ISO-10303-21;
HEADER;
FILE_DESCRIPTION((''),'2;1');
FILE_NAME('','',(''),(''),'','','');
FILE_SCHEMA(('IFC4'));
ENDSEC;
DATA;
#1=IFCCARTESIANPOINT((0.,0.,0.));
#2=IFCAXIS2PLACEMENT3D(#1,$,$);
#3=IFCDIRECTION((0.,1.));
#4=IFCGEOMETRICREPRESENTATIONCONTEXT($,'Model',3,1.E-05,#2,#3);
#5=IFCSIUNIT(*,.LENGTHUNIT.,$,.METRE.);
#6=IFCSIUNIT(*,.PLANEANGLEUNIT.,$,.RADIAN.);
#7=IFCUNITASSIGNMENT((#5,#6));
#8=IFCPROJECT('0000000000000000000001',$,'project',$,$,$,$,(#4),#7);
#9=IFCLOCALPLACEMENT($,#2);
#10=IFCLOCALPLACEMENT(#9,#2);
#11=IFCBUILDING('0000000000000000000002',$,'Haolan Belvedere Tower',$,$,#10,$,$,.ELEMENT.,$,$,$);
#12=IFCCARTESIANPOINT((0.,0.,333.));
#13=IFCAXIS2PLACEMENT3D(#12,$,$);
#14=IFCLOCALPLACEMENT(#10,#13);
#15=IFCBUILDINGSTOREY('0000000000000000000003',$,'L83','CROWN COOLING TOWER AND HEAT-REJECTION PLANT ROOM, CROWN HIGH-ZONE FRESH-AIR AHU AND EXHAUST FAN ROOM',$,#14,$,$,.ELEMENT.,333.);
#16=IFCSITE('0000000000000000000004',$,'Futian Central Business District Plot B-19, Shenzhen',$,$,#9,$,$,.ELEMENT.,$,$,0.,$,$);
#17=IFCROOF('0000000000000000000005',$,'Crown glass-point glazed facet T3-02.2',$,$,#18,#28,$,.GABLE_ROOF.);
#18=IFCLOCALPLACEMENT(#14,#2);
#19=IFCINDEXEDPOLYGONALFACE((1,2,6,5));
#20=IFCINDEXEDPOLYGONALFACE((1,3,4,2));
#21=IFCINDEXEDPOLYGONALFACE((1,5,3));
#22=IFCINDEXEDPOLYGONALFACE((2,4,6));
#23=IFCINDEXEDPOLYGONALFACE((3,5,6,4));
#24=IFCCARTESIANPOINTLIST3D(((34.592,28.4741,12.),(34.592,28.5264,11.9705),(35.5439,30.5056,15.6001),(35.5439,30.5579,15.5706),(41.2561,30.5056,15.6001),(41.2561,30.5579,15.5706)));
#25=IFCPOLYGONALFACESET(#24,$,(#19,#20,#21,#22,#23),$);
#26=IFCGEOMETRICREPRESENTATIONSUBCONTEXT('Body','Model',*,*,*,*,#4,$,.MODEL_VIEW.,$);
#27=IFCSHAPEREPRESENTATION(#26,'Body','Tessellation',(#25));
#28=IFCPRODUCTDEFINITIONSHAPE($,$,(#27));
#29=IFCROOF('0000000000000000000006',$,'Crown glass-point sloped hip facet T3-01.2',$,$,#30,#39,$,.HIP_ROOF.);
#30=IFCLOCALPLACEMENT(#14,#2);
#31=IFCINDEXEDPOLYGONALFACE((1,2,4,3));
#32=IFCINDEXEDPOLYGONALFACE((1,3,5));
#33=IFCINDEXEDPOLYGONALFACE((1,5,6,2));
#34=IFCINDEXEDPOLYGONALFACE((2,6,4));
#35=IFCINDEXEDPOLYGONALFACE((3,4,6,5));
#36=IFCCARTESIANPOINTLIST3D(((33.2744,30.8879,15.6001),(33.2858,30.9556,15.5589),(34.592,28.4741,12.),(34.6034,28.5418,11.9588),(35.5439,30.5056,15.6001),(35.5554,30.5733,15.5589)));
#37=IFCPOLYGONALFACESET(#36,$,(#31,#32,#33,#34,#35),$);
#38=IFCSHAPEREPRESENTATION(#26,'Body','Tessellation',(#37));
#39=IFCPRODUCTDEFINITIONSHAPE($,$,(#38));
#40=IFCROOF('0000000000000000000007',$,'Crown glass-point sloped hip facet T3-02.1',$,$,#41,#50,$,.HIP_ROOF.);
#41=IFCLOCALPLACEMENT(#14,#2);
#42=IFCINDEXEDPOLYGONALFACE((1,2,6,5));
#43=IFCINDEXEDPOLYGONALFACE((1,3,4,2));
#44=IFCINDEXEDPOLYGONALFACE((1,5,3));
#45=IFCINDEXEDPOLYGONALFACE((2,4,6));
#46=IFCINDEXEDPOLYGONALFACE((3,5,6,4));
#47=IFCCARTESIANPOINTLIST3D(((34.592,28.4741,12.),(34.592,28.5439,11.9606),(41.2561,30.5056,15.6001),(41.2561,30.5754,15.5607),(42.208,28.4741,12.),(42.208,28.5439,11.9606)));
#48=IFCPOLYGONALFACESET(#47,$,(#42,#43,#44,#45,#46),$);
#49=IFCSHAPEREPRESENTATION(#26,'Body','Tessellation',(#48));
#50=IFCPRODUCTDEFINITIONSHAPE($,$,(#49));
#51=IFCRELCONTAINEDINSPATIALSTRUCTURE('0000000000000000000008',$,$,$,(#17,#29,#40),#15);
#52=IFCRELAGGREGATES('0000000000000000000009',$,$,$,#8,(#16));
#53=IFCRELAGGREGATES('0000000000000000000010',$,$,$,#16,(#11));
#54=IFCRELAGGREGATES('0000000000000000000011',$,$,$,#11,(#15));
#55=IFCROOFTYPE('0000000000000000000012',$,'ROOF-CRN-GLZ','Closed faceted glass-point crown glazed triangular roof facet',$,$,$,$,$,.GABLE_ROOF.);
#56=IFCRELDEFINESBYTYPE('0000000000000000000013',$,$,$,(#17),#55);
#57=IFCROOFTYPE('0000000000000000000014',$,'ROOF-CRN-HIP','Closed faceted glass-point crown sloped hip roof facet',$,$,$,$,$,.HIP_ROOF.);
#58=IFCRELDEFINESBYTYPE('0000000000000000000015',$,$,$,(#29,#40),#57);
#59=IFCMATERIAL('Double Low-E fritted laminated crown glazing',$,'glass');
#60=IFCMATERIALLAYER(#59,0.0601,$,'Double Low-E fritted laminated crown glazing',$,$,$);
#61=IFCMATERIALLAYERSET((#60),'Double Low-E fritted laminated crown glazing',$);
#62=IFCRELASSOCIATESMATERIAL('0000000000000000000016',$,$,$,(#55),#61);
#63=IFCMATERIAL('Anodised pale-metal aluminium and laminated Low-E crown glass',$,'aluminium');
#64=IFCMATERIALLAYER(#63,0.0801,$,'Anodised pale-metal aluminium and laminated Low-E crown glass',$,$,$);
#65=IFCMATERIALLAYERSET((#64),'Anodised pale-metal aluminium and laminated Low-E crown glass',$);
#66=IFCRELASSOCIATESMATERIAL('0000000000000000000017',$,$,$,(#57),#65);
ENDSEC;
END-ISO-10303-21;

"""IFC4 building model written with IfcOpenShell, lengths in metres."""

from ifc_helpers import new_model, si_unit, direction, frame, origin, place, context, subcontext, project, spatial, polyline, outline, extrude, material, layer, layer_set, type_object, element, save


model = new_model("IFC4")

# Units and contexts
model_context = context("Model", 3, precision=1e-05, world=origin(), true_north=direction((0.0, 1.0)))
body_context = subcontext(model_context, "Body", "Model", "MODEL_VIEW")
ifc_project = project(units=[si_unit("LENGTHUNIT", "METRE"), si_unit("PLANEANGLEUNIT", "RADIAN")], contexts=[model_context])

# Site, building, storey
site_placement = place(None, origin())
site = spatial("IfcSite", under=ifc_project, at=site_placement, Name="Futian Central Business District Plot B-19, Shenzhen", CompositionType="ELEMENT", RefElevation=0.0)
building_placement = place(site_placement, origin())
building = spatial("IfcBuilding", under=site, at=building_placement, Name="Haolan Belvedere Tower", CompositionType="ELEMENT")
storey_placement = place(building_placement, frame((0.0, 0.0, 333.0)))
storey = spatial("IfcBuildingStorey", under=building, at=storey_placement, Name="L83", Description="CROWN COOLING TOWER AND HEAT-REJECTION PLANT ROOM, CROWN HIGH-ZONE FRESH-AIR AHU AND EXHAUST FAN ROOM", CompositionType="ELEMENT", Elevation=333.0)

# Roofs
ifc_material_1 = material(Name="Double Low-E fritted laminated crown glazing", Category="glass")
ifc_layer_1 = layer(ifc_material_1, 0.0601, Name="Double Low-E fritted laminated crown glazing")
ifc_layer_set_1 = layer_set([ifc_layer_1], Name="Double Low-E fritted laminated crown glazing")
roof_type_1 = type_object("IfcRoofType", Name="ROOF-CRN-GLZ", Description="Closed faceted glass-point crown glazed triangular roof facet", PredefinedType="GABLE_ROOF", material=ifc_layer_set_1)
roof_1_placement = place(storey_placement, frame((34.592, 28.4741, 12.0), z_axis=(0.0, -0.870909, 0.491444), x_axis=(0.849788, 0.259052, 0.459077)))
element("IfcRoof", 1, at=roof_1_placement, inside=storey, type_object=roof_type_1, Name="Crown glass-point glazed facet T3-02.2", PredefinedType="GABLE_ROOF", context=body_context, shape_type="SweptSolid", body=[
    extrude(outline(polyline([(0.0, 0.0), (7.842, 0.0), (2.9879, 3.011), (0.0, 0.0)])), origin(), (0.0, 0.0, -1.0), 0.0601),
])
ifc_material_2 = material(Name="Anodised pale-metal aluminium and laminated Low-E crown glass", Category="aluminium")
ifc_layer_2 = layer(ifc_material_2, 0.0801, Name="Anodised pale-metal aluminium and laminated Low-E crown glass")
ifc_layer_set_2 = layer_set([ifc_layer_2], Name="Anodised pale-metal aluminium and laminated Low-E crown glass")
roof_type_2 = type_object("IfcRoofType", Name="ROOF-CRN-HIP", Description="Closed faceted glass-point crown sloped hip roof facet", PredefinedType="HIP_ROOF", material=ifc_layer_set_2)
roof_2_placement = place(storey_placement, frame((34.592, 28.4741, 12.0), z_axis=(-0.142422, -0.84544, 0.51473), x_axis=(0.224405, 0.47891, 0.848697)))
element("IfcRoof", 2, at=roof_2_placement, inside=storey, type_object=roof_type_2, Name="Crown glass-point sloped hip facet T3-01.2", PredefinedType="HIP_ROOF", context=body_context, shape_type="SweptSolid", body=[
    extrude(outline(polyline([(0.0, 0.0), (4.2419, 0.0), (3.9157, 2.2783), (0.0, 0.0)])), origin(), (0.0, 0.0, -1.0), 0.0801),
])
roof_3_placement = place(storey_placement, frame((34.592, 28.4741, 12.0), z_axis=(0.0, -0.870909, 0.491444), x_axis=(1.0, 0.0, 0.0)))
element("IfcRoof", 3, at=roof_3_placement, inside=storey, type_object=roof_type_2, Name="Crown glass-point sloped hip facet T3-02.1", PredefinedType="HIP_ROOF", context=body_context, shape_type="SweptSolid", body=[
    extrude(outline(polyline([(0.0, 0.0), (7.616, 0.0), (6.6641, 4.1337), (0.0, 0.0)])), origin(), (0.0, 0.0, -1.0), 0.0801),
])

save(model, "model.ifc")
